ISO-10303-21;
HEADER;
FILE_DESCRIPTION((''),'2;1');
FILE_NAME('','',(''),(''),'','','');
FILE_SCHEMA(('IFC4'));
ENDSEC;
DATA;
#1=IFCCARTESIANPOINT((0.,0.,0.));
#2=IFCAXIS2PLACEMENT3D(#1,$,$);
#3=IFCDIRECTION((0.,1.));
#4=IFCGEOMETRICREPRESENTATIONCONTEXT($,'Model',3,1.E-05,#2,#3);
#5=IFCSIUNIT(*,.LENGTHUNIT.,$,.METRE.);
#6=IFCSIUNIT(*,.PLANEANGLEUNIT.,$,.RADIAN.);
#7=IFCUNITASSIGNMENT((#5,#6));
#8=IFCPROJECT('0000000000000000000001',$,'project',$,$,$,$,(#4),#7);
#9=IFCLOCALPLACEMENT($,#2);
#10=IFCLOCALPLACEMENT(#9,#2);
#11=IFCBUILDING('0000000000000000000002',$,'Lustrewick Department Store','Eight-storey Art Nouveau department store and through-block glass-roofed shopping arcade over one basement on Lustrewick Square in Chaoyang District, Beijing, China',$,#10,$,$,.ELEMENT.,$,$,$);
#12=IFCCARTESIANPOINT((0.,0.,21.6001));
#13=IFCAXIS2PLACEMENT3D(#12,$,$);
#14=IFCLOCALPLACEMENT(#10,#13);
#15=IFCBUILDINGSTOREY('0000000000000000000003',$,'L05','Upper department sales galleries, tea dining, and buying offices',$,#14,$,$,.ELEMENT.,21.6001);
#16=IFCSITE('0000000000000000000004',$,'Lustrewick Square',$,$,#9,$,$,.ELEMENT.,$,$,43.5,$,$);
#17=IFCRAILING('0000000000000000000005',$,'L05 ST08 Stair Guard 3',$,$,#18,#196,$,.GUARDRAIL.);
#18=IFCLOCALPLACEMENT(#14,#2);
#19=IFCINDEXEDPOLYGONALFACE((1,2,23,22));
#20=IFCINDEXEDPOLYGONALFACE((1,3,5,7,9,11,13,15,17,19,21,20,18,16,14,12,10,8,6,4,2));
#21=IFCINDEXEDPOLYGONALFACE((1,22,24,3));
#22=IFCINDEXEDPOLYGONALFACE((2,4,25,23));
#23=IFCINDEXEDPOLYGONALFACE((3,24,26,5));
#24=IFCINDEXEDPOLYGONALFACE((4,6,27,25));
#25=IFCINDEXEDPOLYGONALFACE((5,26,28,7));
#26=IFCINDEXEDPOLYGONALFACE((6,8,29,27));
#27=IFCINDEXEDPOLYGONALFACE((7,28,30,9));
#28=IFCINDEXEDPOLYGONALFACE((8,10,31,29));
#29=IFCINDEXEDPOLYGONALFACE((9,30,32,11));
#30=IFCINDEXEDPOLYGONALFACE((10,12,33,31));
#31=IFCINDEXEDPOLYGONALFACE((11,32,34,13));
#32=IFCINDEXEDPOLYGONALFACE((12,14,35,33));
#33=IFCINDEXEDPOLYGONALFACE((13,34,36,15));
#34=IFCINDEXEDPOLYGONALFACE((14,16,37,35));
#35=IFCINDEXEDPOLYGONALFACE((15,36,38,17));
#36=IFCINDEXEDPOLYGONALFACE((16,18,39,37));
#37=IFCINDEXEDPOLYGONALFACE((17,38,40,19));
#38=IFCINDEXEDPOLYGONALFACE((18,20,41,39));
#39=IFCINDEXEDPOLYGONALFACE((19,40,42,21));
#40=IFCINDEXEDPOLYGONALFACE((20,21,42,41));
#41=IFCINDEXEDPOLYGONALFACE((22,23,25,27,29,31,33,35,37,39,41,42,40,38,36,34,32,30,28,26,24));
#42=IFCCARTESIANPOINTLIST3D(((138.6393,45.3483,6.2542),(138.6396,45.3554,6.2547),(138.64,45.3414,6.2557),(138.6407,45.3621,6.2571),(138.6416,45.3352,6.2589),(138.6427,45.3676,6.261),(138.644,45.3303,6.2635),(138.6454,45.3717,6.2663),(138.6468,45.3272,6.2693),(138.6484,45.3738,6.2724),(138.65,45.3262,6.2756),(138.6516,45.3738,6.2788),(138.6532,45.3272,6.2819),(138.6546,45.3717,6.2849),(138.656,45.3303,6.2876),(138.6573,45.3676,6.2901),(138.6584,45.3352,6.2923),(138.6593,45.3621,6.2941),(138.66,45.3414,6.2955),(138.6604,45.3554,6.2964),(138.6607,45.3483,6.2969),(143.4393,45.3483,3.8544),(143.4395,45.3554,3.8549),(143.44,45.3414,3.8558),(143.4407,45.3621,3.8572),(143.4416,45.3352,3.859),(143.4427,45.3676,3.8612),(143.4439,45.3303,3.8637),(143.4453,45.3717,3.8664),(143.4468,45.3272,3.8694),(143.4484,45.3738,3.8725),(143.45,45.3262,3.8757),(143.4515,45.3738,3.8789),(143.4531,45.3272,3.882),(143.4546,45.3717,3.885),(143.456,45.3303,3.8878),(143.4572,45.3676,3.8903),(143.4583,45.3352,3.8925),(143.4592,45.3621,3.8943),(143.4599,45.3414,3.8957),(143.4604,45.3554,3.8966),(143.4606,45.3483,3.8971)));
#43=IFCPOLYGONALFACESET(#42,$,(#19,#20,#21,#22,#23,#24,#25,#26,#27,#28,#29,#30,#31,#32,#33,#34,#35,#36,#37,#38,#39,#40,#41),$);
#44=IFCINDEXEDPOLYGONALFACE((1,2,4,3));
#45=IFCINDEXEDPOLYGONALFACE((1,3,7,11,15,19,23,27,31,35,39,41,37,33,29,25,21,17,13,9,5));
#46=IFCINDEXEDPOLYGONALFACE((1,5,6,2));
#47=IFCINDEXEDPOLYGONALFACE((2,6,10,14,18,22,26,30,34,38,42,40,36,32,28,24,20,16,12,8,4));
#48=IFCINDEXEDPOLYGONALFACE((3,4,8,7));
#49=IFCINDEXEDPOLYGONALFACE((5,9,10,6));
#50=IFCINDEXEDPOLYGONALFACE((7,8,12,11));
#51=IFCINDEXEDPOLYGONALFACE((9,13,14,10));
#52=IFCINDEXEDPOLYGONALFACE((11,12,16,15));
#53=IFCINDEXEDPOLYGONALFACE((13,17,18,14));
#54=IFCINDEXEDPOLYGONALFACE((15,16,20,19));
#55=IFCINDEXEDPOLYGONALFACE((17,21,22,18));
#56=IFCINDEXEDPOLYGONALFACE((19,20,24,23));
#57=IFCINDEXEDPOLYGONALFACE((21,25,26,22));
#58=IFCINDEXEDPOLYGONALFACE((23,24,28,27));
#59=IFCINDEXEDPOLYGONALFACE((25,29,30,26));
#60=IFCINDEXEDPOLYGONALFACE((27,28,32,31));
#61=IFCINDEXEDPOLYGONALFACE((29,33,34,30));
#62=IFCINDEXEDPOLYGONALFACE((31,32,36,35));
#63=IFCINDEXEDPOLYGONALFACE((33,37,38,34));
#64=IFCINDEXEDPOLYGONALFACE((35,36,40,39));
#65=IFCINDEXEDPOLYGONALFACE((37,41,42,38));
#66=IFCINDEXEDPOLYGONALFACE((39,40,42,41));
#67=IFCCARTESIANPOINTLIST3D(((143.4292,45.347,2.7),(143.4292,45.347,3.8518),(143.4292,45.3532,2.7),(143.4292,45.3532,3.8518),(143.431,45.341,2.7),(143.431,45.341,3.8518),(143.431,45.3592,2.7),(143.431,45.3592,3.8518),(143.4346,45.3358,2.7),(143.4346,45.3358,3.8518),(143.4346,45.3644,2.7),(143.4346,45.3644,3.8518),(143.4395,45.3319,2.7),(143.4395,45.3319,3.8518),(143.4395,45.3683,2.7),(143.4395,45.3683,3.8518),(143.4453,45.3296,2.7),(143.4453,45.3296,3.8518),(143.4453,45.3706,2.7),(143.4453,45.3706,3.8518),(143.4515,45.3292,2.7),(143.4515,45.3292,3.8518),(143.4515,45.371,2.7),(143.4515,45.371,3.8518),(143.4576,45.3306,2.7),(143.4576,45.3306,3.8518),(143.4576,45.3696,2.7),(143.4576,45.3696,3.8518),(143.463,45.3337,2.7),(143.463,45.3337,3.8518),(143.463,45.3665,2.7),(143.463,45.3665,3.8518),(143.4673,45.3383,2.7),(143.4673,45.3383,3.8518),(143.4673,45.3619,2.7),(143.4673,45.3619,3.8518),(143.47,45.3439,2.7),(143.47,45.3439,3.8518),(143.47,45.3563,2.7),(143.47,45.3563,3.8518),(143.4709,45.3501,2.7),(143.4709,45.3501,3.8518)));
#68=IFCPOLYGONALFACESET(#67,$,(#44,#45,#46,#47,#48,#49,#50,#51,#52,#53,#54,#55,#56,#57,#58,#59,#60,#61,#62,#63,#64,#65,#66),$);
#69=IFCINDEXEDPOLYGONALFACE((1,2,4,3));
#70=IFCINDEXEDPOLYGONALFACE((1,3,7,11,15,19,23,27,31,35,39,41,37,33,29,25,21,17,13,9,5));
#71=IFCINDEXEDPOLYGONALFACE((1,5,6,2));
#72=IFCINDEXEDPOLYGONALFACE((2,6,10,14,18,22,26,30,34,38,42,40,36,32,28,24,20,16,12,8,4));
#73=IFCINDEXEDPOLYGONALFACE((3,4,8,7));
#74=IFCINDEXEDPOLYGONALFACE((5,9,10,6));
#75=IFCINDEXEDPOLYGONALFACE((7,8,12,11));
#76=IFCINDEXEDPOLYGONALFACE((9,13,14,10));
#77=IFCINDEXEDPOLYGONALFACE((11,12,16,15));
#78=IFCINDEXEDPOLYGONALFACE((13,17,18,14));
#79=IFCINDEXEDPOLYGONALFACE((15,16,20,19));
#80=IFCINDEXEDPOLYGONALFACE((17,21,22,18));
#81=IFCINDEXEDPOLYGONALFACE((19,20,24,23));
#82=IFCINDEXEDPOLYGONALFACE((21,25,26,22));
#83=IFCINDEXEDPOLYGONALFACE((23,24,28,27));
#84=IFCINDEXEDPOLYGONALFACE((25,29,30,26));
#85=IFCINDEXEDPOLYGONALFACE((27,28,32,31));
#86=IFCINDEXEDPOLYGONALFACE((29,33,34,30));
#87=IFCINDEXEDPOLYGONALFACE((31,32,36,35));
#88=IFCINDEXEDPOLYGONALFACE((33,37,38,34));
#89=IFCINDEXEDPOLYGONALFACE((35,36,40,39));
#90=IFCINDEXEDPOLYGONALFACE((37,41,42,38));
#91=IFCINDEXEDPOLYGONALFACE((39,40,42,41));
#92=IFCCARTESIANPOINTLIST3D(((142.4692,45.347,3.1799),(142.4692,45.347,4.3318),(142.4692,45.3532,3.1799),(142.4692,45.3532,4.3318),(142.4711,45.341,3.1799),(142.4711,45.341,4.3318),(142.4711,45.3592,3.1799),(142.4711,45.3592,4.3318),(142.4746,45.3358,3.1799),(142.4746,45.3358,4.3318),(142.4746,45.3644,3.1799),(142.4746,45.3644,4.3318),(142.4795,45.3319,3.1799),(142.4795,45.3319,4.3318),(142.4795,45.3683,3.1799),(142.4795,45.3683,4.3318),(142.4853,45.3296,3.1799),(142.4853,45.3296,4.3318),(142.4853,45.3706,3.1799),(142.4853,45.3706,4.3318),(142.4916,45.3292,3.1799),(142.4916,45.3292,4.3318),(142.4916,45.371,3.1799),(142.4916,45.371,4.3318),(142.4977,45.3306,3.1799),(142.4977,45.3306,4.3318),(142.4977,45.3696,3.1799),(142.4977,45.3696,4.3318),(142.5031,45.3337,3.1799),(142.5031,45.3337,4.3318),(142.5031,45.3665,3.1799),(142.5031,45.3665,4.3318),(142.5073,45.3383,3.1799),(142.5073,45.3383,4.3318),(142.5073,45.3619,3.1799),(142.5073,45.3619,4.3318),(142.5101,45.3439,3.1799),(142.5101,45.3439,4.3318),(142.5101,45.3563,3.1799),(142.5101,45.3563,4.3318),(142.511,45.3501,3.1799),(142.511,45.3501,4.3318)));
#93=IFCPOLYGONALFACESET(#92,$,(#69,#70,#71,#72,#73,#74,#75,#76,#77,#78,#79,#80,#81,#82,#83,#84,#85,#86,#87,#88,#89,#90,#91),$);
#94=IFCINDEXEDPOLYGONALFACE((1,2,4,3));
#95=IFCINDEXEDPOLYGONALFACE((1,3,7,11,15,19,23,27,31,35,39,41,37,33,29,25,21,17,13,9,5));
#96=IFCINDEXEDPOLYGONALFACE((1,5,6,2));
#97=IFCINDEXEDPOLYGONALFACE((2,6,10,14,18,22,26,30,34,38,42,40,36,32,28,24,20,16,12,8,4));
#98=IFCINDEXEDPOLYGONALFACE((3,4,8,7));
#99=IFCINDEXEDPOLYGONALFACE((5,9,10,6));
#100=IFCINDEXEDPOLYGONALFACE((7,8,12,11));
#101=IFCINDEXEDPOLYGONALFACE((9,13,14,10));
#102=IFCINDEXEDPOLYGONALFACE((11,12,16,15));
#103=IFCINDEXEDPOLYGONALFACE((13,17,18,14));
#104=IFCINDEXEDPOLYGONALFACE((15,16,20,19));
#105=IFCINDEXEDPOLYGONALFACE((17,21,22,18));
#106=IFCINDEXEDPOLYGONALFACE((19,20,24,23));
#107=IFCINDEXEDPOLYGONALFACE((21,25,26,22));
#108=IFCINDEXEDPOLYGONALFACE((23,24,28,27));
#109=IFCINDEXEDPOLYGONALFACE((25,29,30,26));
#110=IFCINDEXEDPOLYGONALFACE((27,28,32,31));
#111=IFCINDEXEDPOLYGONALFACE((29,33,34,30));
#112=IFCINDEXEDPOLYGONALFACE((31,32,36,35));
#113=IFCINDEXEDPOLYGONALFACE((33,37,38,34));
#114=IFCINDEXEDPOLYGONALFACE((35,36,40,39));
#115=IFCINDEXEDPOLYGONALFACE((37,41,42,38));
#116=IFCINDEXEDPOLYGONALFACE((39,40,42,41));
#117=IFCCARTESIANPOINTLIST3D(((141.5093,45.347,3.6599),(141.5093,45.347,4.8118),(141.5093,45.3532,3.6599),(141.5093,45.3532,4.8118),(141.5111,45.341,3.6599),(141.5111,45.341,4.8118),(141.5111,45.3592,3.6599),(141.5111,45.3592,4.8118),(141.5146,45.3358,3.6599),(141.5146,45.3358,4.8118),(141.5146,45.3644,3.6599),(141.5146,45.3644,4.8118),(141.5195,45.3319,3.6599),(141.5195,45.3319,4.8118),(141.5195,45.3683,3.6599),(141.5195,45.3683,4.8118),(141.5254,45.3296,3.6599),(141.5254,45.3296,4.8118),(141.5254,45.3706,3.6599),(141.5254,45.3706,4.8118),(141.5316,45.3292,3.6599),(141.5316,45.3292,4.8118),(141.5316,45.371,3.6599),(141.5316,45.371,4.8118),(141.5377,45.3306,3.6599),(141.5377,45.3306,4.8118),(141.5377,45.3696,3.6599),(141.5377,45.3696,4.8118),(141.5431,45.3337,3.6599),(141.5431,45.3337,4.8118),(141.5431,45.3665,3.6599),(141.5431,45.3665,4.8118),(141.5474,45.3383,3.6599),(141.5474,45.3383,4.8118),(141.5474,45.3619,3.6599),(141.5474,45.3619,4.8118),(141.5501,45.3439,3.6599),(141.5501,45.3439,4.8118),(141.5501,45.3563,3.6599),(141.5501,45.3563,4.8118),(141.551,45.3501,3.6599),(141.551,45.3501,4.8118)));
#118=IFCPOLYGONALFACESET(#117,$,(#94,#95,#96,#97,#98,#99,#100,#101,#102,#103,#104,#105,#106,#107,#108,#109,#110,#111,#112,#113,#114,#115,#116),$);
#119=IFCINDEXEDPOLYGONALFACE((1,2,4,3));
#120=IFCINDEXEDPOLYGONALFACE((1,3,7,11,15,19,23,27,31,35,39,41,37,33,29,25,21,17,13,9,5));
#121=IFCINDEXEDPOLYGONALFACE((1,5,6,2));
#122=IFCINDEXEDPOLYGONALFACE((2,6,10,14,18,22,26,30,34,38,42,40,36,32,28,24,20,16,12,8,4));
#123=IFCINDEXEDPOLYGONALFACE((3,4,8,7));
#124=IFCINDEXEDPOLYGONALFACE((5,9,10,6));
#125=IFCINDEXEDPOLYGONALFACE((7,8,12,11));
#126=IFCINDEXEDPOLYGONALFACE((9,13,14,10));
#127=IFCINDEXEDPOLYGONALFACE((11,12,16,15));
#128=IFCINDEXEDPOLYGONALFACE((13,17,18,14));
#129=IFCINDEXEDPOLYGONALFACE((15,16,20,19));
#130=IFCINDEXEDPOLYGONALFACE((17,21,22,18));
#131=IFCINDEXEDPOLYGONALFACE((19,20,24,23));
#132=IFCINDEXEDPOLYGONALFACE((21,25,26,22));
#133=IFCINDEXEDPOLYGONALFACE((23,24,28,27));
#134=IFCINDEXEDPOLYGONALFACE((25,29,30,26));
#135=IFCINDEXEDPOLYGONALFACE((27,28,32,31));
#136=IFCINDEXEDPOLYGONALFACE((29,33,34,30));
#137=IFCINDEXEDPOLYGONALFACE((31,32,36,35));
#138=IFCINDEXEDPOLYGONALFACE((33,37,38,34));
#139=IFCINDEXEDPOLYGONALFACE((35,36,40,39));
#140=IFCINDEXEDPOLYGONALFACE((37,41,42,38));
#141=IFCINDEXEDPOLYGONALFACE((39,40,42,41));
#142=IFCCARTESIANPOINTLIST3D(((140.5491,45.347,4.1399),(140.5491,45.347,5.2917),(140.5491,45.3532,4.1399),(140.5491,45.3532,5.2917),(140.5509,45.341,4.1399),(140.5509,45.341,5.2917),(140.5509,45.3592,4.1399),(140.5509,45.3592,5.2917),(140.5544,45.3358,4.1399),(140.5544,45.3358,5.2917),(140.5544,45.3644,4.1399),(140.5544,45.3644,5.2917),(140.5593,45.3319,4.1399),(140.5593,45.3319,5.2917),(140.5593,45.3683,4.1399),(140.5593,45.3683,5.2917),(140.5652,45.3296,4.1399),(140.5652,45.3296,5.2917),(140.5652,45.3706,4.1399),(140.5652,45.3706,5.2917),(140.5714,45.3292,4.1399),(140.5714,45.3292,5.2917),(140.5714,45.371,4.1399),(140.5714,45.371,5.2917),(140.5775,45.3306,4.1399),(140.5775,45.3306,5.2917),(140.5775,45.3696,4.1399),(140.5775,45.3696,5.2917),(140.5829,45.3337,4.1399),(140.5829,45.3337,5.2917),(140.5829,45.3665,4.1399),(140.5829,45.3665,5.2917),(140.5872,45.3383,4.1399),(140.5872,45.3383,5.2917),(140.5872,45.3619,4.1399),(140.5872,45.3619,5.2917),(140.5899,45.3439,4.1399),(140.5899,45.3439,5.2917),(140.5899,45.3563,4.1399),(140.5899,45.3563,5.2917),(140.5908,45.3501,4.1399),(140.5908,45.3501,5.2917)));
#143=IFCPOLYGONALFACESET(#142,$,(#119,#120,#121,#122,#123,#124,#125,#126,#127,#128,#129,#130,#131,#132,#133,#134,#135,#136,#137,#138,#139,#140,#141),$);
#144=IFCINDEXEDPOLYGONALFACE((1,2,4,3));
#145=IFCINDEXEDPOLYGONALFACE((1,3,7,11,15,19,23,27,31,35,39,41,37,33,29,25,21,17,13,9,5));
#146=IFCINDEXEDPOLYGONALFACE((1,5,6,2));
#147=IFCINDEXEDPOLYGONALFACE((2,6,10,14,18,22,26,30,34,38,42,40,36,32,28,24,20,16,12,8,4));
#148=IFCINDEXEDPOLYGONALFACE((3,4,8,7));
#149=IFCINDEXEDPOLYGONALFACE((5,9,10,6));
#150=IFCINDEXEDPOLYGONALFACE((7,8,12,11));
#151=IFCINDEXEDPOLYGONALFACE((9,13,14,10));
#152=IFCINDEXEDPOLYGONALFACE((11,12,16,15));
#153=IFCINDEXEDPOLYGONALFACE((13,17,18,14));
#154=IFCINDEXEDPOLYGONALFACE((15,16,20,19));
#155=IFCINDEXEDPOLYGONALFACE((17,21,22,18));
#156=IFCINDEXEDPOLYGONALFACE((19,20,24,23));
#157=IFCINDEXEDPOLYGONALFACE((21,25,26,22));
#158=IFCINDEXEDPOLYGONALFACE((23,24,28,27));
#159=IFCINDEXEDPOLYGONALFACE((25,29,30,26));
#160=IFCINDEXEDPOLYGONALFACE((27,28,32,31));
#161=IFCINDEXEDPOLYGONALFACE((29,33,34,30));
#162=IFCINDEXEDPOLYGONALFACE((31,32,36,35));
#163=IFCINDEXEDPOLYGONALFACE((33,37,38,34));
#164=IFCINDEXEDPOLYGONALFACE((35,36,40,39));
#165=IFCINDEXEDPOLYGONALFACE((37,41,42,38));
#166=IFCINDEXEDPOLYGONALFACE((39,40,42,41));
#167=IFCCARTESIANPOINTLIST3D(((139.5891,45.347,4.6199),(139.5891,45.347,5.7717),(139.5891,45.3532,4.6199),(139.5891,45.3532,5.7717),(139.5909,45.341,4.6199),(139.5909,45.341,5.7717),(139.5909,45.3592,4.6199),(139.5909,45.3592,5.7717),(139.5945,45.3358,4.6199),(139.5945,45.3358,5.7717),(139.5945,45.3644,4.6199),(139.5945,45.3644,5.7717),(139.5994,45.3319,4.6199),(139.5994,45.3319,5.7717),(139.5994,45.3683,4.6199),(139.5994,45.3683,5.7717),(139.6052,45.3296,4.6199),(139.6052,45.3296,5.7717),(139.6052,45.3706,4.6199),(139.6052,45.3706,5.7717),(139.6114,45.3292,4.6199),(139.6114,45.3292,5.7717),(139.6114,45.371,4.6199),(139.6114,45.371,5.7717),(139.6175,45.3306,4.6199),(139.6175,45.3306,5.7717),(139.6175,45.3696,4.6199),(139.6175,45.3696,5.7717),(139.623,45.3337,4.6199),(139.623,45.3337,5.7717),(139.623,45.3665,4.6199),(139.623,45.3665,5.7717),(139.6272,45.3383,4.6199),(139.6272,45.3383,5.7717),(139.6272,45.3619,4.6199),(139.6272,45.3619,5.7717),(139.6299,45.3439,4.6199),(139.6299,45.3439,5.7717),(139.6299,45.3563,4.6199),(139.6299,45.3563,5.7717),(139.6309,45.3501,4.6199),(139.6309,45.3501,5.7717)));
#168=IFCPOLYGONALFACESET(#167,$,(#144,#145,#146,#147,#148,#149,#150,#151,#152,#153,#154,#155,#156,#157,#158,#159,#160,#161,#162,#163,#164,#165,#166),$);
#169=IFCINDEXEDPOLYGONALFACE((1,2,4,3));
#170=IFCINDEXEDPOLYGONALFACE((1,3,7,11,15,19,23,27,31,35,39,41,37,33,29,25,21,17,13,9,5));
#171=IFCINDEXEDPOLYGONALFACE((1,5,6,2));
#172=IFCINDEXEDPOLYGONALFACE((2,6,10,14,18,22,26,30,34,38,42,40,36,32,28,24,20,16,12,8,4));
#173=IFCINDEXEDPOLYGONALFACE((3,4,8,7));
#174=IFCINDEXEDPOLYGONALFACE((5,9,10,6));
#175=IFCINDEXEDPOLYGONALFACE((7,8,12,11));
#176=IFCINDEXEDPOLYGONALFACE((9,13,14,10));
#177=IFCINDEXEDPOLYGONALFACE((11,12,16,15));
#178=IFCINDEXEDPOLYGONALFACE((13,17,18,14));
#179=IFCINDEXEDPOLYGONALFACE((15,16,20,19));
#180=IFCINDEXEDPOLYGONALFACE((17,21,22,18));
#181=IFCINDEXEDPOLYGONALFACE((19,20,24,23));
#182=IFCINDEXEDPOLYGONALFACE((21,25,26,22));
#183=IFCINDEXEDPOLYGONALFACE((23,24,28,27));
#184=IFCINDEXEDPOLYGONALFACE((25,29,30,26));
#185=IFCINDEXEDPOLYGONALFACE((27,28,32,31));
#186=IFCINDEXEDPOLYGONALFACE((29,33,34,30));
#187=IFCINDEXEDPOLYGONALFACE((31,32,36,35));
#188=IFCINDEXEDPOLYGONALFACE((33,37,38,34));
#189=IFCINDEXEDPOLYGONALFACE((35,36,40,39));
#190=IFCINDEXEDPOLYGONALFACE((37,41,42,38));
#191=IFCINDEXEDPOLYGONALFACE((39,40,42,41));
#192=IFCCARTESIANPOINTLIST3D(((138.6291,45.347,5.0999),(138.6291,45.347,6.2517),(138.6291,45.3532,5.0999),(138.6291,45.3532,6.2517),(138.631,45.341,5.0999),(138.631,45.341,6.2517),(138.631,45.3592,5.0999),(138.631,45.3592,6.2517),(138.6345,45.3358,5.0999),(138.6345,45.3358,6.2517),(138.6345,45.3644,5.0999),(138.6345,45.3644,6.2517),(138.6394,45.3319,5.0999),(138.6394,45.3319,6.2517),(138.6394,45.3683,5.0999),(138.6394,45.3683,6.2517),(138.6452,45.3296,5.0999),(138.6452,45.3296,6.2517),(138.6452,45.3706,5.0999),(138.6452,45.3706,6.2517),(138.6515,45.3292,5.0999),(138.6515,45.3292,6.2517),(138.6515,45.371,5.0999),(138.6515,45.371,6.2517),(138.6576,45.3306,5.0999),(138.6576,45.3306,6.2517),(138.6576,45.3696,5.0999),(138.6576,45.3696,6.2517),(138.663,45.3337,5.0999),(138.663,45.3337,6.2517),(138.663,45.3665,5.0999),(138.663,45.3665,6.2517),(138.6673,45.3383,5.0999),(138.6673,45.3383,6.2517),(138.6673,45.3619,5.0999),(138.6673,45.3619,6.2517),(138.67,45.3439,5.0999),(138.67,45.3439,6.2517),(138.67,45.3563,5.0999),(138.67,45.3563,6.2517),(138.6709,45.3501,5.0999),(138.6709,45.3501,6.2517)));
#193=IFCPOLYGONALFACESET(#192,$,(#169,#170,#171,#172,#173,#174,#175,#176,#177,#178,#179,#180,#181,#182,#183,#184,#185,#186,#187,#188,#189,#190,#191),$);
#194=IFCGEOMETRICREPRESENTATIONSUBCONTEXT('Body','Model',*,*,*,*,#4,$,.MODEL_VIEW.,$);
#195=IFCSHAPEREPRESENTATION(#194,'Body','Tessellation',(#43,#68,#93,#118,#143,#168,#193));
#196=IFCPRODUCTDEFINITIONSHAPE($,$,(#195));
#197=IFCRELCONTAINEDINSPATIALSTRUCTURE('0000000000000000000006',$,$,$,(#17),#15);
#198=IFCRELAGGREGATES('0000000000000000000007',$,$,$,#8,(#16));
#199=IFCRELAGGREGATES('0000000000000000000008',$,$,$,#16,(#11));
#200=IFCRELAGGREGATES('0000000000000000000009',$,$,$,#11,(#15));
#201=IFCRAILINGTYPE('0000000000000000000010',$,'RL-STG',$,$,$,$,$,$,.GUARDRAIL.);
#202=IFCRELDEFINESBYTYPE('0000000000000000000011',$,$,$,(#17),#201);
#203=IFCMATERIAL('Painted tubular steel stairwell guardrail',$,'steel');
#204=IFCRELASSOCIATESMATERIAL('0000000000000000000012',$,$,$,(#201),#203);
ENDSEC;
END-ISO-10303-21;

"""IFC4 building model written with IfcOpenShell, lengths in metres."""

from ifc_helpers import new_model, si_unit, direction, frame, origin, origin_2d, place, context, subcontext, project, spatial, circle, extrude, material, type_object, element, save


model = new_model("IFC4")

# Units and contexts
model_context = context("Model", 3, precision=1e-05, world=origin(), true_north=direction((0.0, 1.0)))
body_context = subcontext(model_context, "Body", "Model", "MODEL_VIEW")
ifc_project = project(units=[si_unit("LENGTHUNIT", "METRE"), si_unit("PLANEANGLEUNIT", "RADIAN")], contexts=[model_context])

# Site, building, storey
site_placement = place(None, origin())
site = spatial("IfcSite", under=ifc_project, at=site_placement, Name="Lustrewick Square", CompositionType="ELEMENT", RefElevation=43.5)
building_placement = place(site_placement, origin())
building = spatial("IfcBuilding", under=site, at=building_placement, Name="Lustrewick Department Store", Description="Eight-storey Art Nouveau department store and through-block glass-roofed shopping arcade over one basement on Lustrewick Square in Chaoyang District, Beijing, China", CompositionType="ELEMENT")
storey_placement = place(building_placement, frame((0.0, 0.0, 21.6001)))
storey = spatial("IfcBuildingStorey", under=building, at=storey_placement, Name="L05", Description="Upper department sales galleries, tea dining, and buying offices", CompositionType="ELEMENT", Elevation=21.6001)

# Railing
ifc_material_1 = material(Name="Painted tubular steel stairwell guardrail", Category="steel")
railing_type = type_object("IfcRailingType", Name="RL-STG", PredefinedType="GUARDRAIL", material=ifc_material_1)
railing_1_placement = place(storey_placement, frame((143.45, 45.3501, 2.7)))
element("IfcRailing", 1, at=railing_1_placement, inside=storey, type_object=railing_type, Name="L05 ST08 Stair Guard 3", PredefinedType="GUARDRAIL", context=body_context, shape_type="SweptSolid", body=[
    extrude(circle(Radius=0.0239, at=origin_2d()), frame((0.0, 0.0, 1.1758), z_axis=(-0.894436, 0.0, 0.447195), x_axis=(0.0, -1.0, 0.0)), (0.0, 0.0, 1.0), 5.3665),
    extrude(circle(Radius=0.021, at=origin_2d()), origin(), (0.0, 0.0, 1.0), 1.1519),
    extrude(circle(Radius=0.021, at=origin_2d()), frame((-0.96, 0.0, 0.48)), (0.0, 0.0, 1.0), 1.1519),
    extrude(circle(Radius=0.021, at=origin_2d()), frame((-1.9199, 0.0, 0.96)), (0.0, 0.0, 1.0), 1.1519),
    extrude(circle(Radius=0.021, at=origin_2d()), frame((-2.8801, 0.0, 1.4399)), (0.0, 0.0, 1.0), 1.1519),
    extrude(circle(Radius=0.021, at=origin_2d()), frame((-3.8401, 0.0, 1.9199)), (0.0, 0.0, 1.0), 1.1519),
    extrude(circle(Radius=0.021, at=origin_2d()), frame((-4.8, 0.0, 2.3999)), (0.0, 0.0, 1.0), 1.1519),
])

save(model, "model.ifc")
